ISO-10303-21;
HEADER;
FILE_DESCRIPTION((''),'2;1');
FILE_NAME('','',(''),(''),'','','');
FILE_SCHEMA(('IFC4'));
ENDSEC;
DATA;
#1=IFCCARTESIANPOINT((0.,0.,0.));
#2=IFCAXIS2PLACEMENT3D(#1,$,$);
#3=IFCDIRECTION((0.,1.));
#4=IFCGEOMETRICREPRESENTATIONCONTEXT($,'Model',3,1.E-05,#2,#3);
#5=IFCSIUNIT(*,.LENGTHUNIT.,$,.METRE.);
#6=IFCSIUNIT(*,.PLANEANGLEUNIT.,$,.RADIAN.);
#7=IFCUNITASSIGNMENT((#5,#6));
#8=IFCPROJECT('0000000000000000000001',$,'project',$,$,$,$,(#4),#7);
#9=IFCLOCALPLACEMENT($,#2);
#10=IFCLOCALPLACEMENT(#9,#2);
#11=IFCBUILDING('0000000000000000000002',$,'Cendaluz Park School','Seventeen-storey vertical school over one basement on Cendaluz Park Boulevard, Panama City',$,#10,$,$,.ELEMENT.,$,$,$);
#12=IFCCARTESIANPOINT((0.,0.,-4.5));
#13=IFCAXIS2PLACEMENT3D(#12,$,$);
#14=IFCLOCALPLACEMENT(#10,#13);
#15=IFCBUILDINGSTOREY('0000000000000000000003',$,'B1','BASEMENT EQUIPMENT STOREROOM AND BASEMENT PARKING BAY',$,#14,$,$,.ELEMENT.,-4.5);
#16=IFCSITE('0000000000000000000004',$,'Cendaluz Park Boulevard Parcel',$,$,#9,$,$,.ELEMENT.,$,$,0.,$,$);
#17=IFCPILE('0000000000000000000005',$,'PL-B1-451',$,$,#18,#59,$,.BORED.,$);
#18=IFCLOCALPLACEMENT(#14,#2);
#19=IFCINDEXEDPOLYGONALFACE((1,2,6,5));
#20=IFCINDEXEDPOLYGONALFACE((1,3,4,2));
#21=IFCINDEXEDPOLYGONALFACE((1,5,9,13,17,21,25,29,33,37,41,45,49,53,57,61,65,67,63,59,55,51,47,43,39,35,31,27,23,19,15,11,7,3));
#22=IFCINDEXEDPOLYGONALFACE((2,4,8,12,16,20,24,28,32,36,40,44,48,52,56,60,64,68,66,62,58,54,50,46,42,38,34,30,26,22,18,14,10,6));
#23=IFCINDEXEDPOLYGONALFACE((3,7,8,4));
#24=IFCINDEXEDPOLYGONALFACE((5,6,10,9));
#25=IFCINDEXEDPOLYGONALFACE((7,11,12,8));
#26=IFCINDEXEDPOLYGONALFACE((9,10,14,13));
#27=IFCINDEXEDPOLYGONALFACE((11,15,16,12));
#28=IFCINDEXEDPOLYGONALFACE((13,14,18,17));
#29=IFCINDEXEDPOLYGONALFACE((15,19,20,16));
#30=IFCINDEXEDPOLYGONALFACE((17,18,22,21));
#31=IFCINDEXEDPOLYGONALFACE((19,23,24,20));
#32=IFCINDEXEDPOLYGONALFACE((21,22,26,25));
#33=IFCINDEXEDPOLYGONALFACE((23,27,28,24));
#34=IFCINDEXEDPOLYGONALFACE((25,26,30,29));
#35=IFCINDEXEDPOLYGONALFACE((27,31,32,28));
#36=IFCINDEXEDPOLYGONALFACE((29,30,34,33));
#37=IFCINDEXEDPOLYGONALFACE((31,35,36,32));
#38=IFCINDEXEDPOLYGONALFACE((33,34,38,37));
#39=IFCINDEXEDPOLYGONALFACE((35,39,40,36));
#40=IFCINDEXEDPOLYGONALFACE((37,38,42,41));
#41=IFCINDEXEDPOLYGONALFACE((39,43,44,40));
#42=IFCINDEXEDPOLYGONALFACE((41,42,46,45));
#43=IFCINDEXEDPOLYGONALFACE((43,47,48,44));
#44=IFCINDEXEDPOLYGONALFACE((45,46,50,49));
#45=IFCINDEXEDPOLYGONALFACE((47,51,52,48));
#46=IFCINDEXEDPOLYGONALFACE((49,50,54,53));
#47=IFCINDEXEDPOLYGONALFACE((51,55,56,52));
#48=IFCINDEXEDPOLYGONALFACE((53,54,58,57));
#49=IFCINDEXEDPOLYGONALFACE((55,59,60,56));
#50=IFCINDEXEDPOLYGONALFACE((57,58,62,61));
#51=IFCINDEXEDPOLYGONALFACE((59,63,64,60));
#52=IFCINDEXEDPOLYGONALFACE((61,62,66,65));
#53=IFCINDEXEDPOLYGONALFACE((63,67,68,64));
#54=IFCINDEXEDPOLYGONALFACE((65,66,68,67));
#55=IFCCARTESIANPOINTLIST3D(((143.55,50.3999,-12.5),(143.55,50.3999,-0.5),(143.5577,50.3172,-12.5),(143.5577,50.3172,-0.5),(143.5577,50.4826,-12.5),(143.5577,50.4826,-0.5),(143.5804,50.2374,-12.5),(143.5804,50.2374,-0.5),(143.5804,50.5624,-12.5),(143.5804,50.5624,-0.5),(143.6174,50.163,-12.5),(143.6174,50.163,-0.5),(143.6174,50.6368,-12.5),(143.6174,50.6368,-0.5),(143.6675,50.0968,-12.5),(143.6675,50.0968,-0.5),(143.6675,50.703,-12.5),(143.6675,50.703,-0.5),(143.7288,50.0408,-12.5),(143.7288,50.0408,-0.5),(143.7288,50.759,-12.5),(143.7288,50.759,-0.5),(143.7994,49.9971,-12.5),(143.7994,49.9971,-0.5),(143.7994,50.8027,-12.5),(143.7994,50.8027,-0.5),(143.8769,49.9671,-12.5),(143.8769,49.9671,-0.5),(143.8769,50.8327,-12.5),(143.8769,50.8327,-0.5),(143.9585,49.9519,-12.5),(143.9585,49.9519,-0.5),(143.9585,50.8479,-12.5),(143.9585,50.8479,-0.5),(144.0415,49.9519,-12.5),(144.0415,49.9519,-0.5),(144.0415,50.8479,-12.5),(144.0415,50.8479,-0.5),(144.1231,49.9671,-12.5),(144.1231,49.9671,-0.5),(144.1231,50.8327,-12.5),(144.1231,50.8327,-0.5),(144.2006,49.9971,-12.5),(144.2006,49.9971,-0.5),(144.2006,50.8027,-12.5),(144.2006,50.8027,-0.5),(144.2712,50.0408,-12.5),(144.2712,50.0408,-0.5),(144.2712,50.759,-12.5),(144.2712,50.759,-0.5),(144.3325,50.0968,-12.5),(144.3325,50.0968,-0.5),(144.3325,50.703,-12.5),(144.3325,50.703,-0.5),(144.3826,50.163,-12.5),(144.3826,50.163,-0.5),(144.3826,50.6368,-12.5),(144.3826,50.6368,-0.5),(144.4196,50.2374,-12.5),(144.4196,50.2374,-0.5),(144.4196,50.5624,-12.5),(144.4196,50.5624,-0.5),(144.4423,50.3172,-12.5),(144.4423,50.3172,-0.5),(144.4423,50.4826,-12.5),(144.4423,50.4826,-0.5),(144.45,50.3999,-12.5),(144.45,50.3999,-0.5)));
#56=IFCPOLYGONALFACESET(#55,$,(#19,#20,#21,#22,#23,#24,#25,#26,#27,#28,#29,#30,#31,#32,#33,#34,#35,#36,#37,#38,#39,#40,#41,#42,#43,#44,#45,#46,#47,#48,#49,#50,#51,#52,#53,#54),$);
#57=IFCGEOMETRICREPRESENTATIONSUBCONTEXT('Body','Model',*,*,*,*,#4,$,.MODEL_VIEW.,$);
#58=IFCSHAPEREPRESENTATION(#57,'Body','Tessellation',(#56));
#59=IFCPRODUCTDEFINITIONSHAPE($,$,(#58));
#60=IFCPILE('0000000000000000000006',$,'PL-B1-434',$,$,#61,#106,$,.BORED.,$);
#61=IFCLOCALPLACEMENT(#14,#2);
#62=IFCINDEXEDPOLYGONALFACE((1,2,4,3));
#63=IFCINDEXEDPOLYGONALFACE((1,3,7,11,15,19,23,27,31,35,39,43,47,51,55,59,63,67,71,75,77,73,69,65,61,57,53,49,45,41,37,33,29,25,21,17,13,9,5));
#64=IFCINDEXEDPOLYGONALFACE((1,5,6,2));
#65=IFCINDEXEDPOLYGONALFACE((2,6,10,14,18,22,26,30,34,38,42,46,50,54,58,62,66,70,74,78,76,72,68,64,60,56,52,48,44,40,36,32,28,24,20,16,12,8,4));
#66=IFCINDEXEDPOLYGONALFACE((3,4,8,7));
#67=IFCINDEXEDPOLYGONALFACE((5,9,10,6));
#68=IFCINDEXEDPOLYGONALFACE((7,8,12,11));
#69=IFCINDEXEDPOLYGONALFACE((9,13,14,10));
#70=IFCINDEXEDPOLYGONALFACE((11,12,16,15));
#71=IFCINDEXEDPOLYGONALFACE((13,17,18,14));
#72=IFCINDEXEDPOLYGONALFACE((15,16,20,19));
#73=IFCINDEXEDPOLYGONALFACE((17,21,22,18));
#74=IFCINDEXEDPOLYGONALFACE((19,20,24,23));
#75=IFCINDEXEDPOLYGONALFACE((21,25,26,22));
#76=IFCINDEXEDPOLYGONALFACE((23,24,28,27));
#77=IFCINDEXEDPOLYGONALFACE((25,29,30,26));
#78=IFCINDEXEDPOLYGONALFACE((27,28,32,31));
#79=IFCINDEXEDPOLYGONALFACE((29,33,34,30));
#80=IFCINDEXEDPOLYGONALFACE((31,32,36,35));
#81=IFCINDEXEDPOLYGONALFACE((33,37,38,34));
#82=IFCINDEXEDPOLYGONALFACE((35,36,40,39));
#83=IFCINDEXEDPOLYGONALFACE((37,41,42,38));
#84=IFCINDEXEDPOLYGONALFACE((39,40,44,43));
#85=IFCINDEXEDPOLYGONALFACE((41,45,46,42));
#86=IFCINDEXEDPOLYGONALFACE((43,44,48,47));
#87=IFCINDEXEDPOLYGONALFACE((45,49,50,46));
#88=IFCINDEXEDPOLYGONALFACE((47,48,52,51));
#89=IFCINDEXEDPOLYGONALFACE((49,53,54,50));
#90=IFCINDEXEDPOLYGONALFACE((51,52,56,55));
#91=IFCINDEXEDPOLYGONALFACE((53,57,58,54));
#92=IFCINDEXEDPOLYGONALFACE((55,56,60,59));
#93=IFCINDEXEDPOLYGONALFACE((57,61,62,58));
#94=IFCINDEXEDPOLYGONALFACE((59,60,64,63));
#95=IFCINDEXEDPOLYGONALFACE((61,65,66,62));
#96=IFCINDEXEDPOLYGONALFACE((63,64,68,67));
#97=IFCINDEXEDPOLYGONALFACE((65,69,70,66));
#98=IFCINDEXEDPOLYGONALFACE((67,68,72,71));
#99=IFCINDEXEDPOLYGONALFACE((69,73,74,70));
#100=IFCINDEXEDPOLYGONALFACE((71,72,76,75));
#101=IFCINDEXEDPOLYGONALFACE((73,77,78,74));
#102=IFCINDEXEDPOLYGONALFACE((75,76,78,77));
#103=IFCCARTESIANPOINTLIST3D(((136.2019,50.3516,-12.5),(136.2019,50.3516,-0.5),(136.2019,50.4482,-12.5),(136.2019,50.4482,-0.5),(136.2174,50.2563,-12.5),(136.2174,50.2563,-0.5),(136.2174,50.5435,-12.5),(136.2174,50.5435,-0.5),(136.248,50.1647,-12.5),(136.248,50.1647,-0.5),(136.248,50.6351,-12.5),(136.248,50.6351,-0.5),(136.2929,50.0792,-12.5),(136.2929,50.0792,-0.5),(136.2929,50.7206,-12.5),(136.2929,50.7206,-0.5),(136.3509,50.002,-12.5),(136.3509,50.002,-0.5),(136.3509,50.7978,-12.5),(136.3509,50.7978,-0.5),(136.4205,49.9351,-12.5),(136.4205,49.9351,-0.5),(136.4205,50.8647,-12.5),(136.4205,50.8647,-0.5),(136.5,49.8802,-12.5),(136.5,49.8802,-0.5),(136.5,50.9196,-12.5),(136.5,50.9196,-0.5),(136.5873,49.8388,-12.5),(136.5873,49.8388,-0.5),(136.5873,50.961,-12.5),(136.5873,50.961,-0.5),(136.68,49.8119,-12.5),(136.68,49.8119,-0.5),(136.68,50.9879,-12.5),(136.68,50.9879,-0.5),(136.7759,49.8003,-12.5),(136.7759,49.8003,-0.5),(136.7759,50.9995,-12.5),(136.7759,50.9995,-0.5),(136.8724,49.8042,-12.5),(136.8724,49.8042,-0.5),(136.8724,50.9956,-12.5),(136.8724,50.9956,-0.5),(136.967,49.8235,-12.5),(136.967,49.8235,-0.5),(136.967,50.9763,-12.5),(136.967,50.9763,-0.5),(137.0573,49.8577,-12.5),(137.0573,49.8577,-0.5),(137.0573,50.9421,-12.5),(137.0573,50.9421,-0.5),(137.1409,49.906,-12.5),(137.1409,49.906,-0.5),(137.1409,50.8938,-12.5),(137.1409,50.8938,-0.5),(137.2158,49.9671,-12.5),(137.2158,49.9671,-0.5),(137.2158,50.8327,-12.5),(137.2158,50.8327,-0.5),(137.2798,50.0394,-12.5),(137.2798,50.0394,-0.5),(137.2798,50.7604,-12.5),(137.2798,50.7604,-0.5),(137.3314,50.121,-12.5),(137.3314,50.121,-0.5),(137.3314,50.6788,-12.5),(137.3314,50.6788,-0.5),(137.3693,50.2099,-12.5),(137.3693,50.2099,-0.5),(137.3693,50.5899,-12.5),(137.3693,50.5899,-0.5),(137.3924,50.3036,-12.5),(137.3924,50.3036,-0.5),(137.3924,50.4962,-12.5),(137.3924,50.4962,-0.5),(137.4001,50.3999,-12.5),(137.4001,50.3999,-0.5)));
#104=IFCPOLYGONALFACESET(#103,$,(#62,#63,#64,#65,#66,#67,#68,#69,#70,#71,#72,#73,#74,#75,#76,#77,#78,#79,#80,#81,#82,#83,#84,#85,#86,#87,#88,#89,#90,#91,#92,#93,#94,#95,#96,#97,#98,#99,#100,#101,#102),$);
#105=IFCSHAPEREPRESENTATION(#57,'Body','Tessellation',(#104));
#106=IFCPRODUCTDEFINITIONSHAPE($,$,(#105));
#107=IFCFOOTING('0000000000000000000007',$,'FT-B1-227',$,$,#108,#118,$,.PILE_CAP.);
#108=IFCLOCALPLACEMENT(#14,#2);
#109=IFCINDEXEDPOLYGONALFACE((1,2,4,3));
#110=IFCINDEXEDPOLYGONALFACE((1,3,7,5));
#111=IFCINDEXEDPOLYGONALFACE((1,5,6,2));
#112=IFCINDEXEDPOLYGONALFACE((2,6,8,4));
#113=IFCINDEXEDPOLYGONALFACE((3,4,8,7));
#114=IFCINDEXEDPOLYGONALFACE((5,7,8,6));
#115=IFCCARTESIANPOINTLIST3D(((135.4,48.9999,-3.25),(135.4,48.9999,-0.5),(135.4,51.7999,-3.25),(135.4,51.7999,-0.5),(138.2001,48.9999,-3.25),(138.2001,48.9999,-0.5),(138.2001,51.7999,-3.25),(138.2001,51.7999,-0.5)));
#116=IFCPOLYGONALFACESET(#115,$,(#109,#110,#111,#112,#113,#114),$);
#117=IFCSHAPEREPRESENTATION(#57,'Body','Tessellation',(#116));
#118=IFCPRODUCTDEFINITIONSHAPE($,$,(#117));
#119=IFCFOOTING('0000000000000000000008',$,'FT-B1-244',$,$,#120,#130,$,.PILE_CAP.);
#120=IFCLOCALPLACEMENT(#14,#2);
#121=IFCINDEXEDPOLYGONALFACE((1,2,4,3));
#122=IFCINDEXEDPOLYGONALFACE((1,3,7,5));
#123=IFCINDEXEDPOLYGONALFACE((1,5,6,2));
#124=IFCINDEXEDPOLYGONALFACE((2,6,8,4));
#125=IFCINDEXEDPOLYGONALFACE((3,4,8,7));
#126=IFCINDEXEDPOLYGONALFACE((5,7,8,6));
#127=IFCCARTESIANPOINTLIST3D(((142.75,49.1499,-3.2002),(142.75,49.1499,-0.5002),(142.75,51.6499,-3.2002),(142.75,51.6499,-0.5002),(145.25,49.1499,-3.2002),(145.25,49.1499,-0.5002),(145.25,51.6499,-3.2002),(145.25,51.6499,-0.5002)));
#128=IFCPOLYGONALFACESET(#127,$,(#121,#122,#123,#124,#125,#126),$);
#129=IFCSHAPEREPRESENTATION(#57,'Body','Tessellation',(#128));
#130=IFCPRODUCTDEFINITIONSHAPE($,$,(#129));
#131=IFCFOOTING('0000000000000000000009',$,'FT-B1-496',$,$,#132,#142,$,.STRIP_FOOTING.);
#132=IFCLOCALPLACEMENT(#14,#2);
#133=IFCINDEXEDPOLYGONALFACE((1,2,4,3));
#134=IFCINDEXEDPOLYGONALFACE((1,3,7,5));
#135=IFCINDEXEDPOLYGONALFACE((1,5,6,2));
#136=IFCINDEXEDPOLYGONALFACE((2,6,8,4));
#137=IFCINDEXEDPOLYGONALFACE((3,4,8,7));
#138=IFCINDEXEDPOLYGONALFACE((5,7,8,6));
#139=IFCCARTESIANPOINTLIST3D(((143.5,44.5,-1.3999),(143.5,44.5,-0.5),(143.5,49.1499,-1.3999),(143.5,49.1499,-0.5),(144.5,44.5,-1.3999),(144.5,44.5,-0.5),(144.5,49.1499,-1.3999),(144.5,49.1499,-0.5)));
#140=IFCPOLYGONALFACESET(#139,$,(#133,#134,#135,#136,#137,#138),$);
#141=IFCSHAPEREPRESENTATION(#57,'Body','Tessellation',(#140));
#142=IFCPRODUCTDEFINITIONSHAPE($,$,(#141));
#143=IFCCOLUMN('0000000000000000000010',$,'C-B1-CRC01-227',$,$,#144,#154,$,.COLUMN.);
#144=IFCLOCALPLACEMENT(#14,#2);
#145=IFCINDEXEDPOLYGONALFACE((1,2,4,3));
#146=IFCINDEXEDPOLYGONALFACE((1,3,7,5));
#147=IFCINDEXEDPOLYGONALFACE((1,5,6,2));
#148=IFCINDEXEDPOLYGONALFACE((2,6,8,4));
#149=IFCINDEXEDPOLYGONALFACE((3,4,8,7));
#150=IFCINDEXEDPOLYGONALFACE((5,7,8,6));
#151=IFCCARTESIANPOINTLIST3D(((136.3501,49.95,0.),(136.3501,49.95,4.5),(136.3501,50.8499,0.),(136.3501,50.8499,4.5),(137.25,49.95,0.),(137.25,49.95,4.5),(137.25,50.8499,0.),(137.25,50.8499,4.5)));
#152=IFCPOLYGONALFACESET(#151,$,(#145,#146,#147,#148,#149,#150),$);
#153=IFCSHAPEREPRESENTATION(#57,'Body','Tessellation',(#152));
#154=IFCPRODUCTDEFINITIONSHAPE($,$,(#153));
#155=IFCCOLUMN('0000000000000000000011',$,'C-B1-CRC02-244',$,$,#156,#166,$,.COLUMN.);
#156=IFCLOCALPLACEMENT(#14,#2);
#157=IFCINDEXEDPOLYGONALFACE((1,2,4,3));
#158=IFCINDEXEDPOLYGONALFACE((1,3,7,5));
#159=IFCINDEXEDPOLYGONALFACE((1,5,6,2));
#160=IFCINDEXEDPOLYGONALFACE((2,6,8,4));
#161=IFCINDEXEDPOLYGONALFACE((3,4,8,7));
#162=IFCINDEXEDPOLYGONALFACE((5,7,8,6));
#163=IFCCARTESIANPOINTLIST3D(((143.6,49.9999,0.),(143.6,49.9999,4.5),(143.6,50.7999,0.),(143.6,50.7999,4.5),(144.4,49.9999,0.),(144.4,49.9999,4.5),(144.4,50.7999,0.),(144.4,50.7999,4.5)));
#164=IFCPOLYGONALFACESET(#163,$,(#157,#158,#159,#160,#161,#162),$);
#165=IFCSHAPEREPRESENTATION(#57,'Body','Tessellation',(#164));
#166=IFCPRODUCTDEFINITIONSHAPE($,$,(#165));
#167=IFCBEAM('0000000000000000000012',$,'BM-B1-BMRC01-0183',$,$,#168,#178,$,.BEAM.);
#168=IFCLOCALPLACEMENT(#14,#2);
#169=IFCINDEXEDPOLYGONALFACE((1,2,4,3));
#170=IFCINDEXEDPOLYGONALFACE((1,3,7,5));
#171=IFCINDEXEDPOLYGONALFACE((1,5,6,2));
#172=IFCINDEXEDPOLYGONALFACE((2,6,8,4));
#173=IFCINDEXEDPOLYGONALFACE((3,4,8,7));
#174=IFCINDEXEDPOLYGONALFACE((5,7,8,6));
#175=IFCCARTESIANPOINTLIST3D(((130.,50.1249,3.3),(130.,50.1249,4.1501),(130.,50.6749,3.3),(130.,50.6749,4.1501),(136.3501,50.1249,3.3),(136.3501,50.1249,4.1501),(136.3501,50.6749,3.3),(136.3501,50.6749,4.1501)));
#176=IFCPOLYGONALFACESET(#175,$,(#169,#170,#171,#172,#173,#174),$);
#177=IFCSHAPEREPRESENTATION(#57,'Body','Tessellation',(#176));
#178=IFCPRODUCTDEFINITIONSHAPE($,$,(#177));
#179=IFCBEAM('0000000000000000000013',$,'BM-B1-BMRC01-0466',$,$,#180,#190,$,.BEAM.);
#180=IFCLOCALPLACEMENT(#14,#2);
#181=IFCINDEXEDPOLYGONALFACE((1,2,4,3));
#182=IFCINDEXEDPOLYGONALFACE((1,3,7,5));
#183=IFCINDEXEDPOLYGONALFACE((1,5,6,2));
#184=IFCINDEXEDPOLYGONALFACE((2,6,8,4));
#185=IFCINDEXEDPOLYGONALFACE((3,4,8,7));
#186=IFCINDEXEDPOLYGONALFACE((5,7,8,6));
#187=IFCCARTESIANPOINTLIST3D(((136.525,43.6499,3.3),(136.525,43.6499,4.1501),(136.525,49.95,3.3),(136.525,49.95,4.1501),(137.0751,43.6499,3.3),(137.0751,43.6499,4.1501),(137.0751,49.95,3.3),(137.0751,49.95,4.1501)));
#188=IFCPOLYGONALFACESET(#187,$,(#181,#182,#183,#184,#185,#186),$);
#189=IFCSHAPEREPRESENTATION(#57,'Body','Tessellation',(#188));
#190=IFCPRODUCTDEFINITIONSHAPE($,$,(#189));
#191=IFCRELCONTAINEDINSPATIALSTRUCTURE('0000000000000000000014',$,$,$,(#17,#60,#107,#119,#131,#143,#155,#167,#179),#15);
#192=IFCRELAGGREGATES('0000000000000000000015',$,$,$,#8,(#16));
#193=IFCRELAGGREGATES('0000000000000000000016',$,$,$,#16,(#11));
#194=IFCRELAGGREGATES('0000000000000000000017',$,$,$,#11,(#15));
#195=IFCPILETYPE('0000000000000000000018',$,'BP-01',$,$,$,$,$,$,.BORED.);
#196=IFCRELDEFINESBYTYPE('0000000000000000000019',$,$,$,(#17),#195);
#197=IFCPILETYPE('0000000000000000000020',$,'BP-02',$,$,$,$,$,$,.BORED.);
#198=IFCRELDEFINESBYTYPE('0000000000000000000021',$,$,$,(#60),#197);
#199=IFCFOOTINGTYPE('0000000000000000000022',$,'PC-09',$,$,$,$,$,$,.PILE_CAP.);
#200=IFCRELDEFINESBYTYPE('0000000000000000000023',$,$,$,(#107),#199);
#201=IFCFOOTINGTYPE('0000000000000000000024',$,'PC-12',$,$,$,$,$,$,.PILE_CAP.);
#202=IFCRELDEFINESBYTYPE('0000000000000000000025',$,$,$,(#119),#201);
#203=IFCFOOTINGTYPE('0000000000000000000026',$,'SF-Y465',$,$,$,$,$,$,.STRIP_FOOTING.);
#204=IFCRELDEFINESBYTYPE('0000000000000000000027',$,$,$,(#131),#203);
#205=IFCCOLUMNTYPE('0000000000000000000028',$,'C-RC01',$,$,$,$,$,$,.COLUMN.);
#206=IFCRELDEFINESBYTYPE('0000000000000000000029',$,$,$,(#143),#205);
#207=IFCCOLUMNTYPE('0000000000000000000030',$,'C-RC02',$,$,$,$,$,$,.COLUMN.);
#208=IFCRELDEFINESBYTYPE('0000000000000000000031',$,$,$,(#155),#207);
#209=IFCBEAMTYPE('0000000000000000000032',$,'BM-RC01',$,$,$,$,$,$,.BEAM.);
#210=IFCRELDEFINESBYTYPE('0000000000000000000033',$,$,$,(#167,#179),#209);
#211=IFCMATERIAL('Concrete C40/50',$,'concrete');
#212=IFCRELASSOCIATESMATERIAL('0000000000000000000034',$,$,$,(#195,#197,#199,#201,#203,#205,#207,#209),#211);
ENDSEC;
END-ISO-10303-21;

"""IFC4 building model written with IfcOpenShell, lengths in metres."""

from ifc_helpers import new_model, si_unit, direction, frame, origin, origin_2d, place, context, subcontext, project, spatial, rectangle, circle, extrude, material, material_profile, profile_set, type_object, element, save


model = new_model("IFC4")

# Units and contexts
model_context = context("Model", 3, precision=1e-05, world=origin(), true_north=direction((0.0, 1.0)))
body_context = subcontext(model_context, "Body", "Model", "MODEL_VIEW")
ifc_project = project(units=[si_unit("LENGTHUNIT", "METRE"), si_unit("PLANEANGLEUNIT", "RADIAN")], contexts=[model_context])

# Site, building, storey
site_placement = place(None, origin())
site = spatial("IfcSite", under=ifc_project, at=site_placement, Name="Cendaluz Park Boulevard Parcel", CompositionType="ELEMENT", RefElevation=0.0)
building_placement = place(site_placement, origin())
building = spatial("IfcBuilding", under=site, at=building_placement, Name="Cendaluz Park School", Description="Seventeen-storey vertical school over one basement on Cendaluz Park Boulevard, Panama City", CompositionType="ELEMENT")
storey_placement = place(building_placement, frame((0.0, 0.0, -4.5)))
storey = spatial("IfcBuildingStorey", under=building, at=storey_placement, Name="B1", Description="BASEMENT EQUIPMENT STOREROOM AND BASEMENT PARKING BAY", CompositionType="ELEMENT", Elevation=-4.5)

# Piles
ifc_material_1 = material(Name="Concrete C40/50", Category="concrete")
ifc_material_profile_1 = material_profile(ifc_material_1, circle(Radius=0.45, at=origin_2d()), Name="BP D900", Category="concrete")
ifc_profile_set_1 = profile_set([ifc_material_profile_1], Name="Concrete C40/50")
pile_type_1 = type_object("IfcPileType", Name="BP-01", PredefinedType="BORED", material=ifc_profile_set_1)
pile_1_placement = place(storey_placement, frame((144.0, 50.3999, -0.5), z_axis=(0.0, 0.0, -1.0), x_axis=(1.0, 0.0, 0.0)))
element("IfcPile", 1, at=pile_1_placement, inside=storey, type_object=pile_type_1, Name="PL-B1-451", PredefinedType="BORED", context=body_context, shape_type="SweptSolid", body=[
    extrude(circle(Radius=0.45, at=origin_2d()), origin(), (0.0, 0.0, 1.0), 12.0),
])
ifc_material_profile_2 = material_profile(ifc_material_1, circle(Radius=0.6001, at=origin_2d()), Name="BP D1200", Category="concrete")
ifc_profile_set_2 = profile_set([ifc_material_profile_2], Name="Concrete C40/50")
pile_type_2 = type_object("IfcPileType", Name="BP-02", PredefinedType="BORED", material=ifc_profile_set_2)
pile_2_placement = place(storey_placement, frame((136.8, 50.3999, -0.5), z_axis=(0.0, 0.0, -1.0), x_axis=(1.0, 0.0, 0.0)))
element("IfcPile", 2, at=pile_2_placement, inside=storey, type_object=pile_type_2, Name="PL-B1-434", PredefinedType="BORED", context=body_context, shape_type="SweptSolid", body=[
    extrude(circle(Radius=0.6001, at=origin_2d()), origin(), (0.0, 0.0, 1.0), 12.0),
])

# Footings
footing_type_1 = type_object("IfcFootingType", Name="PC-09", PredefinedType="PILE_CAP", material=ifc_material_1)
footing_1_placement = place(storey_placement, frame((136.8, 50.3999, -3.25), z_axis=(0.0, 0.0, 1.0), x_axis=(1.0, 0.0, 0.0)))
element("IfcFooting", 3, at=footing_1_placement, inside=storey, type_object=footing_type_1, Name="FT-B1-227", PredefinedType="PILE_CAP", context=body_context, shape_type="SweptSolid", body=[
    extrude(rectangle(XDim=2.8, YDim=2.8, at=origin_2d()), origin(), (0.0, 0.0, 1.0), 2.75),
])
footing_type_2 = type_object("IfcFootingType", Name="PC-12", PredefinedType="PILE_CAP", material=ifc_material_1)
footing_2_placement = place(storey_placement, frame((144.0, 50.3999, -3.2002), z_axis=(0.0, 0.0, 1.0), x_axis=(1.0, 0.0, 0.0)))
element("IfcFooting", 4, at=footing_2_placement, inside=storey, type_object=footing_type_2, Name="FT-B1-244", PredefinedType="PILE_CAP", context=body_context, shape_type="SweptSolid", body=[
    extrude(rectangle(XDim=2.5, YDim=2.5, at=origin_2d()), origin(), (0.0, 0.0, 1.0), 2.7),
])
footing_type_3 = type_object("IfcFootingType", Name="SF-Y465", PredefinedType="STRIP_FOOTING", material=ifc_material_1)
footing_3_placement = place(storey_placement, frame((144.0, 46.825, -1.3999), z_axis=(0.0, 0.0, 1.0), x_axis=(1.0, 0.0, 0.0)))
element("IfcFooting", 5, at=footing_3_placement, inside=storey, type_object=footing_type_3, Name="FT-B1-496", PredefinedType="STRIP_FOOTING", context=body_context, shape_type="SweptSolid", body=[
    extrude(rectangle(XDim=1.0, YDim=4.6499, at=origin_2d()), origin(), (0.0, 0.0, 1.0), 0.8999),
])

# Columns
ifc_material_profile_3 = material_profile(ifc_material_1, rectangle(XDim=0.8999, YDim=0.8999, at=origin_2d()), Name="RC 900x900", Category="concrete")
ifc_profile_set_3 = profile_set([ifc_material_profile_3], Name="Concrete C40/50")
column_type_1 = type_object("IfcColumnType", Name="C-RC01", PredefinedType="COLUMN", material=ifc_profile_set_3)
column_1_placement = place(storey_placement, frame((136.8, 50.3999, 0.0), z_axis=(0.0, 0.0, 1.0), x_axis=(1.0, 0.0, 0.0)))
element("IfcColumn", 6, at=column_1_placement, inside=storey, type_object=column_type_1, Name="C-B1-CRC01-227", PredefinedType="COLUMN", context=body_context, shape_type="SweptSolid", body=[
    extrude(rectangle(XDim=0.8999, YDim=0.8999, at=origin_2d()), origin(), (0.0, 0.0, 1.0), 4.5),
])
ifc_material_profile_4 = material_profile(ifc_material_1, rectangle(XDim=0.8, YDim=0.8, at=origin_2d()), Name="RC 800x800", Category="concrete")
ifc_profile_set_4 = profile_set([ifc_material_profile_4], Name="Concrete C40/50")
column_type_2 = type_object("IfcColumnType", Name="C-RC02", PredefinedType="COLUMN", material=ifc_profile_set_4)
column_2_placement = place(storey_placement, frame((144.0, 50.3999, 0.0), z_axis=(0.0, 0.0, 1.0), x_axis=(1.0, 0.0, 0.0)))
element("IfcColumn", 7, at=column_2_placement, inside=storey, type_object=column_type_2, Name="C-B1-CRC02-244", PredefinedType="COLUMN", context=body_context, shape_type="SweptSolid", body=[
    extrude(rectangle(XDim=0.8, YDim=0.8, at=origin_2d()), origin(), (0.0, 0.0, 1.0), 4.5),
])

# Beams
ifc_material_profile_5 = material_profile(ifc_material_1, rectangle(XDim=0.55, YDim=0.8501, at=origin_2d()), Name="RC 550x850", Category="concrete")
ifc_profile_set_5 = profile_set([ifc_material_profile_5], Name="Concrete C40/50")
beam_type_1 = type_object("IfcBeamType", Name="BM-RC01", PredefinedType="BEAM", material=ifc_profile_set_5)
beam_1_placement = place(storey_placement, frame((130.0, 50.3999, 3.7251), z_axis=(1.0, 0.0, 0.0), x_axis=(0.0, 1.0, 0.0)))
element("IfcBeam", 8, at=beam_1_placement, inside=storey, type_object=beam_type_1, Name="BM-B1-BMRC01-0183", PredefinedType="BEAM", context=body_context, shape_type="SweptSolid", body=[
    extrude(rectangle(XDim=0.55, YDim=0.8501, at=origin_2d()), origin(), (0.0, 0.0, 1.0), 6.3501),
])
beam_2_placement = place(storey_placement, frame((136.8, 43.6499, 3.7251), z_axis=(0.0, 1.0, 0.0), x_axis=(-1.0, 0.0, 0.0)))
element("IfcBeam", 9, at=beam_2_placement, inside=storey, type_object=beam_type_1, Name="BM-B1-BMRC01-0466", PredefinedType="BEAM", context=body_context, shape_type="SweptSolid", body=[
    extrude(rectangle(XDim=0.55, YDim=0.8501, at=origin_2d()), origin(), (0.0, 0.0, 1.0), 6.3),
])

save(model, "model.ifc")
